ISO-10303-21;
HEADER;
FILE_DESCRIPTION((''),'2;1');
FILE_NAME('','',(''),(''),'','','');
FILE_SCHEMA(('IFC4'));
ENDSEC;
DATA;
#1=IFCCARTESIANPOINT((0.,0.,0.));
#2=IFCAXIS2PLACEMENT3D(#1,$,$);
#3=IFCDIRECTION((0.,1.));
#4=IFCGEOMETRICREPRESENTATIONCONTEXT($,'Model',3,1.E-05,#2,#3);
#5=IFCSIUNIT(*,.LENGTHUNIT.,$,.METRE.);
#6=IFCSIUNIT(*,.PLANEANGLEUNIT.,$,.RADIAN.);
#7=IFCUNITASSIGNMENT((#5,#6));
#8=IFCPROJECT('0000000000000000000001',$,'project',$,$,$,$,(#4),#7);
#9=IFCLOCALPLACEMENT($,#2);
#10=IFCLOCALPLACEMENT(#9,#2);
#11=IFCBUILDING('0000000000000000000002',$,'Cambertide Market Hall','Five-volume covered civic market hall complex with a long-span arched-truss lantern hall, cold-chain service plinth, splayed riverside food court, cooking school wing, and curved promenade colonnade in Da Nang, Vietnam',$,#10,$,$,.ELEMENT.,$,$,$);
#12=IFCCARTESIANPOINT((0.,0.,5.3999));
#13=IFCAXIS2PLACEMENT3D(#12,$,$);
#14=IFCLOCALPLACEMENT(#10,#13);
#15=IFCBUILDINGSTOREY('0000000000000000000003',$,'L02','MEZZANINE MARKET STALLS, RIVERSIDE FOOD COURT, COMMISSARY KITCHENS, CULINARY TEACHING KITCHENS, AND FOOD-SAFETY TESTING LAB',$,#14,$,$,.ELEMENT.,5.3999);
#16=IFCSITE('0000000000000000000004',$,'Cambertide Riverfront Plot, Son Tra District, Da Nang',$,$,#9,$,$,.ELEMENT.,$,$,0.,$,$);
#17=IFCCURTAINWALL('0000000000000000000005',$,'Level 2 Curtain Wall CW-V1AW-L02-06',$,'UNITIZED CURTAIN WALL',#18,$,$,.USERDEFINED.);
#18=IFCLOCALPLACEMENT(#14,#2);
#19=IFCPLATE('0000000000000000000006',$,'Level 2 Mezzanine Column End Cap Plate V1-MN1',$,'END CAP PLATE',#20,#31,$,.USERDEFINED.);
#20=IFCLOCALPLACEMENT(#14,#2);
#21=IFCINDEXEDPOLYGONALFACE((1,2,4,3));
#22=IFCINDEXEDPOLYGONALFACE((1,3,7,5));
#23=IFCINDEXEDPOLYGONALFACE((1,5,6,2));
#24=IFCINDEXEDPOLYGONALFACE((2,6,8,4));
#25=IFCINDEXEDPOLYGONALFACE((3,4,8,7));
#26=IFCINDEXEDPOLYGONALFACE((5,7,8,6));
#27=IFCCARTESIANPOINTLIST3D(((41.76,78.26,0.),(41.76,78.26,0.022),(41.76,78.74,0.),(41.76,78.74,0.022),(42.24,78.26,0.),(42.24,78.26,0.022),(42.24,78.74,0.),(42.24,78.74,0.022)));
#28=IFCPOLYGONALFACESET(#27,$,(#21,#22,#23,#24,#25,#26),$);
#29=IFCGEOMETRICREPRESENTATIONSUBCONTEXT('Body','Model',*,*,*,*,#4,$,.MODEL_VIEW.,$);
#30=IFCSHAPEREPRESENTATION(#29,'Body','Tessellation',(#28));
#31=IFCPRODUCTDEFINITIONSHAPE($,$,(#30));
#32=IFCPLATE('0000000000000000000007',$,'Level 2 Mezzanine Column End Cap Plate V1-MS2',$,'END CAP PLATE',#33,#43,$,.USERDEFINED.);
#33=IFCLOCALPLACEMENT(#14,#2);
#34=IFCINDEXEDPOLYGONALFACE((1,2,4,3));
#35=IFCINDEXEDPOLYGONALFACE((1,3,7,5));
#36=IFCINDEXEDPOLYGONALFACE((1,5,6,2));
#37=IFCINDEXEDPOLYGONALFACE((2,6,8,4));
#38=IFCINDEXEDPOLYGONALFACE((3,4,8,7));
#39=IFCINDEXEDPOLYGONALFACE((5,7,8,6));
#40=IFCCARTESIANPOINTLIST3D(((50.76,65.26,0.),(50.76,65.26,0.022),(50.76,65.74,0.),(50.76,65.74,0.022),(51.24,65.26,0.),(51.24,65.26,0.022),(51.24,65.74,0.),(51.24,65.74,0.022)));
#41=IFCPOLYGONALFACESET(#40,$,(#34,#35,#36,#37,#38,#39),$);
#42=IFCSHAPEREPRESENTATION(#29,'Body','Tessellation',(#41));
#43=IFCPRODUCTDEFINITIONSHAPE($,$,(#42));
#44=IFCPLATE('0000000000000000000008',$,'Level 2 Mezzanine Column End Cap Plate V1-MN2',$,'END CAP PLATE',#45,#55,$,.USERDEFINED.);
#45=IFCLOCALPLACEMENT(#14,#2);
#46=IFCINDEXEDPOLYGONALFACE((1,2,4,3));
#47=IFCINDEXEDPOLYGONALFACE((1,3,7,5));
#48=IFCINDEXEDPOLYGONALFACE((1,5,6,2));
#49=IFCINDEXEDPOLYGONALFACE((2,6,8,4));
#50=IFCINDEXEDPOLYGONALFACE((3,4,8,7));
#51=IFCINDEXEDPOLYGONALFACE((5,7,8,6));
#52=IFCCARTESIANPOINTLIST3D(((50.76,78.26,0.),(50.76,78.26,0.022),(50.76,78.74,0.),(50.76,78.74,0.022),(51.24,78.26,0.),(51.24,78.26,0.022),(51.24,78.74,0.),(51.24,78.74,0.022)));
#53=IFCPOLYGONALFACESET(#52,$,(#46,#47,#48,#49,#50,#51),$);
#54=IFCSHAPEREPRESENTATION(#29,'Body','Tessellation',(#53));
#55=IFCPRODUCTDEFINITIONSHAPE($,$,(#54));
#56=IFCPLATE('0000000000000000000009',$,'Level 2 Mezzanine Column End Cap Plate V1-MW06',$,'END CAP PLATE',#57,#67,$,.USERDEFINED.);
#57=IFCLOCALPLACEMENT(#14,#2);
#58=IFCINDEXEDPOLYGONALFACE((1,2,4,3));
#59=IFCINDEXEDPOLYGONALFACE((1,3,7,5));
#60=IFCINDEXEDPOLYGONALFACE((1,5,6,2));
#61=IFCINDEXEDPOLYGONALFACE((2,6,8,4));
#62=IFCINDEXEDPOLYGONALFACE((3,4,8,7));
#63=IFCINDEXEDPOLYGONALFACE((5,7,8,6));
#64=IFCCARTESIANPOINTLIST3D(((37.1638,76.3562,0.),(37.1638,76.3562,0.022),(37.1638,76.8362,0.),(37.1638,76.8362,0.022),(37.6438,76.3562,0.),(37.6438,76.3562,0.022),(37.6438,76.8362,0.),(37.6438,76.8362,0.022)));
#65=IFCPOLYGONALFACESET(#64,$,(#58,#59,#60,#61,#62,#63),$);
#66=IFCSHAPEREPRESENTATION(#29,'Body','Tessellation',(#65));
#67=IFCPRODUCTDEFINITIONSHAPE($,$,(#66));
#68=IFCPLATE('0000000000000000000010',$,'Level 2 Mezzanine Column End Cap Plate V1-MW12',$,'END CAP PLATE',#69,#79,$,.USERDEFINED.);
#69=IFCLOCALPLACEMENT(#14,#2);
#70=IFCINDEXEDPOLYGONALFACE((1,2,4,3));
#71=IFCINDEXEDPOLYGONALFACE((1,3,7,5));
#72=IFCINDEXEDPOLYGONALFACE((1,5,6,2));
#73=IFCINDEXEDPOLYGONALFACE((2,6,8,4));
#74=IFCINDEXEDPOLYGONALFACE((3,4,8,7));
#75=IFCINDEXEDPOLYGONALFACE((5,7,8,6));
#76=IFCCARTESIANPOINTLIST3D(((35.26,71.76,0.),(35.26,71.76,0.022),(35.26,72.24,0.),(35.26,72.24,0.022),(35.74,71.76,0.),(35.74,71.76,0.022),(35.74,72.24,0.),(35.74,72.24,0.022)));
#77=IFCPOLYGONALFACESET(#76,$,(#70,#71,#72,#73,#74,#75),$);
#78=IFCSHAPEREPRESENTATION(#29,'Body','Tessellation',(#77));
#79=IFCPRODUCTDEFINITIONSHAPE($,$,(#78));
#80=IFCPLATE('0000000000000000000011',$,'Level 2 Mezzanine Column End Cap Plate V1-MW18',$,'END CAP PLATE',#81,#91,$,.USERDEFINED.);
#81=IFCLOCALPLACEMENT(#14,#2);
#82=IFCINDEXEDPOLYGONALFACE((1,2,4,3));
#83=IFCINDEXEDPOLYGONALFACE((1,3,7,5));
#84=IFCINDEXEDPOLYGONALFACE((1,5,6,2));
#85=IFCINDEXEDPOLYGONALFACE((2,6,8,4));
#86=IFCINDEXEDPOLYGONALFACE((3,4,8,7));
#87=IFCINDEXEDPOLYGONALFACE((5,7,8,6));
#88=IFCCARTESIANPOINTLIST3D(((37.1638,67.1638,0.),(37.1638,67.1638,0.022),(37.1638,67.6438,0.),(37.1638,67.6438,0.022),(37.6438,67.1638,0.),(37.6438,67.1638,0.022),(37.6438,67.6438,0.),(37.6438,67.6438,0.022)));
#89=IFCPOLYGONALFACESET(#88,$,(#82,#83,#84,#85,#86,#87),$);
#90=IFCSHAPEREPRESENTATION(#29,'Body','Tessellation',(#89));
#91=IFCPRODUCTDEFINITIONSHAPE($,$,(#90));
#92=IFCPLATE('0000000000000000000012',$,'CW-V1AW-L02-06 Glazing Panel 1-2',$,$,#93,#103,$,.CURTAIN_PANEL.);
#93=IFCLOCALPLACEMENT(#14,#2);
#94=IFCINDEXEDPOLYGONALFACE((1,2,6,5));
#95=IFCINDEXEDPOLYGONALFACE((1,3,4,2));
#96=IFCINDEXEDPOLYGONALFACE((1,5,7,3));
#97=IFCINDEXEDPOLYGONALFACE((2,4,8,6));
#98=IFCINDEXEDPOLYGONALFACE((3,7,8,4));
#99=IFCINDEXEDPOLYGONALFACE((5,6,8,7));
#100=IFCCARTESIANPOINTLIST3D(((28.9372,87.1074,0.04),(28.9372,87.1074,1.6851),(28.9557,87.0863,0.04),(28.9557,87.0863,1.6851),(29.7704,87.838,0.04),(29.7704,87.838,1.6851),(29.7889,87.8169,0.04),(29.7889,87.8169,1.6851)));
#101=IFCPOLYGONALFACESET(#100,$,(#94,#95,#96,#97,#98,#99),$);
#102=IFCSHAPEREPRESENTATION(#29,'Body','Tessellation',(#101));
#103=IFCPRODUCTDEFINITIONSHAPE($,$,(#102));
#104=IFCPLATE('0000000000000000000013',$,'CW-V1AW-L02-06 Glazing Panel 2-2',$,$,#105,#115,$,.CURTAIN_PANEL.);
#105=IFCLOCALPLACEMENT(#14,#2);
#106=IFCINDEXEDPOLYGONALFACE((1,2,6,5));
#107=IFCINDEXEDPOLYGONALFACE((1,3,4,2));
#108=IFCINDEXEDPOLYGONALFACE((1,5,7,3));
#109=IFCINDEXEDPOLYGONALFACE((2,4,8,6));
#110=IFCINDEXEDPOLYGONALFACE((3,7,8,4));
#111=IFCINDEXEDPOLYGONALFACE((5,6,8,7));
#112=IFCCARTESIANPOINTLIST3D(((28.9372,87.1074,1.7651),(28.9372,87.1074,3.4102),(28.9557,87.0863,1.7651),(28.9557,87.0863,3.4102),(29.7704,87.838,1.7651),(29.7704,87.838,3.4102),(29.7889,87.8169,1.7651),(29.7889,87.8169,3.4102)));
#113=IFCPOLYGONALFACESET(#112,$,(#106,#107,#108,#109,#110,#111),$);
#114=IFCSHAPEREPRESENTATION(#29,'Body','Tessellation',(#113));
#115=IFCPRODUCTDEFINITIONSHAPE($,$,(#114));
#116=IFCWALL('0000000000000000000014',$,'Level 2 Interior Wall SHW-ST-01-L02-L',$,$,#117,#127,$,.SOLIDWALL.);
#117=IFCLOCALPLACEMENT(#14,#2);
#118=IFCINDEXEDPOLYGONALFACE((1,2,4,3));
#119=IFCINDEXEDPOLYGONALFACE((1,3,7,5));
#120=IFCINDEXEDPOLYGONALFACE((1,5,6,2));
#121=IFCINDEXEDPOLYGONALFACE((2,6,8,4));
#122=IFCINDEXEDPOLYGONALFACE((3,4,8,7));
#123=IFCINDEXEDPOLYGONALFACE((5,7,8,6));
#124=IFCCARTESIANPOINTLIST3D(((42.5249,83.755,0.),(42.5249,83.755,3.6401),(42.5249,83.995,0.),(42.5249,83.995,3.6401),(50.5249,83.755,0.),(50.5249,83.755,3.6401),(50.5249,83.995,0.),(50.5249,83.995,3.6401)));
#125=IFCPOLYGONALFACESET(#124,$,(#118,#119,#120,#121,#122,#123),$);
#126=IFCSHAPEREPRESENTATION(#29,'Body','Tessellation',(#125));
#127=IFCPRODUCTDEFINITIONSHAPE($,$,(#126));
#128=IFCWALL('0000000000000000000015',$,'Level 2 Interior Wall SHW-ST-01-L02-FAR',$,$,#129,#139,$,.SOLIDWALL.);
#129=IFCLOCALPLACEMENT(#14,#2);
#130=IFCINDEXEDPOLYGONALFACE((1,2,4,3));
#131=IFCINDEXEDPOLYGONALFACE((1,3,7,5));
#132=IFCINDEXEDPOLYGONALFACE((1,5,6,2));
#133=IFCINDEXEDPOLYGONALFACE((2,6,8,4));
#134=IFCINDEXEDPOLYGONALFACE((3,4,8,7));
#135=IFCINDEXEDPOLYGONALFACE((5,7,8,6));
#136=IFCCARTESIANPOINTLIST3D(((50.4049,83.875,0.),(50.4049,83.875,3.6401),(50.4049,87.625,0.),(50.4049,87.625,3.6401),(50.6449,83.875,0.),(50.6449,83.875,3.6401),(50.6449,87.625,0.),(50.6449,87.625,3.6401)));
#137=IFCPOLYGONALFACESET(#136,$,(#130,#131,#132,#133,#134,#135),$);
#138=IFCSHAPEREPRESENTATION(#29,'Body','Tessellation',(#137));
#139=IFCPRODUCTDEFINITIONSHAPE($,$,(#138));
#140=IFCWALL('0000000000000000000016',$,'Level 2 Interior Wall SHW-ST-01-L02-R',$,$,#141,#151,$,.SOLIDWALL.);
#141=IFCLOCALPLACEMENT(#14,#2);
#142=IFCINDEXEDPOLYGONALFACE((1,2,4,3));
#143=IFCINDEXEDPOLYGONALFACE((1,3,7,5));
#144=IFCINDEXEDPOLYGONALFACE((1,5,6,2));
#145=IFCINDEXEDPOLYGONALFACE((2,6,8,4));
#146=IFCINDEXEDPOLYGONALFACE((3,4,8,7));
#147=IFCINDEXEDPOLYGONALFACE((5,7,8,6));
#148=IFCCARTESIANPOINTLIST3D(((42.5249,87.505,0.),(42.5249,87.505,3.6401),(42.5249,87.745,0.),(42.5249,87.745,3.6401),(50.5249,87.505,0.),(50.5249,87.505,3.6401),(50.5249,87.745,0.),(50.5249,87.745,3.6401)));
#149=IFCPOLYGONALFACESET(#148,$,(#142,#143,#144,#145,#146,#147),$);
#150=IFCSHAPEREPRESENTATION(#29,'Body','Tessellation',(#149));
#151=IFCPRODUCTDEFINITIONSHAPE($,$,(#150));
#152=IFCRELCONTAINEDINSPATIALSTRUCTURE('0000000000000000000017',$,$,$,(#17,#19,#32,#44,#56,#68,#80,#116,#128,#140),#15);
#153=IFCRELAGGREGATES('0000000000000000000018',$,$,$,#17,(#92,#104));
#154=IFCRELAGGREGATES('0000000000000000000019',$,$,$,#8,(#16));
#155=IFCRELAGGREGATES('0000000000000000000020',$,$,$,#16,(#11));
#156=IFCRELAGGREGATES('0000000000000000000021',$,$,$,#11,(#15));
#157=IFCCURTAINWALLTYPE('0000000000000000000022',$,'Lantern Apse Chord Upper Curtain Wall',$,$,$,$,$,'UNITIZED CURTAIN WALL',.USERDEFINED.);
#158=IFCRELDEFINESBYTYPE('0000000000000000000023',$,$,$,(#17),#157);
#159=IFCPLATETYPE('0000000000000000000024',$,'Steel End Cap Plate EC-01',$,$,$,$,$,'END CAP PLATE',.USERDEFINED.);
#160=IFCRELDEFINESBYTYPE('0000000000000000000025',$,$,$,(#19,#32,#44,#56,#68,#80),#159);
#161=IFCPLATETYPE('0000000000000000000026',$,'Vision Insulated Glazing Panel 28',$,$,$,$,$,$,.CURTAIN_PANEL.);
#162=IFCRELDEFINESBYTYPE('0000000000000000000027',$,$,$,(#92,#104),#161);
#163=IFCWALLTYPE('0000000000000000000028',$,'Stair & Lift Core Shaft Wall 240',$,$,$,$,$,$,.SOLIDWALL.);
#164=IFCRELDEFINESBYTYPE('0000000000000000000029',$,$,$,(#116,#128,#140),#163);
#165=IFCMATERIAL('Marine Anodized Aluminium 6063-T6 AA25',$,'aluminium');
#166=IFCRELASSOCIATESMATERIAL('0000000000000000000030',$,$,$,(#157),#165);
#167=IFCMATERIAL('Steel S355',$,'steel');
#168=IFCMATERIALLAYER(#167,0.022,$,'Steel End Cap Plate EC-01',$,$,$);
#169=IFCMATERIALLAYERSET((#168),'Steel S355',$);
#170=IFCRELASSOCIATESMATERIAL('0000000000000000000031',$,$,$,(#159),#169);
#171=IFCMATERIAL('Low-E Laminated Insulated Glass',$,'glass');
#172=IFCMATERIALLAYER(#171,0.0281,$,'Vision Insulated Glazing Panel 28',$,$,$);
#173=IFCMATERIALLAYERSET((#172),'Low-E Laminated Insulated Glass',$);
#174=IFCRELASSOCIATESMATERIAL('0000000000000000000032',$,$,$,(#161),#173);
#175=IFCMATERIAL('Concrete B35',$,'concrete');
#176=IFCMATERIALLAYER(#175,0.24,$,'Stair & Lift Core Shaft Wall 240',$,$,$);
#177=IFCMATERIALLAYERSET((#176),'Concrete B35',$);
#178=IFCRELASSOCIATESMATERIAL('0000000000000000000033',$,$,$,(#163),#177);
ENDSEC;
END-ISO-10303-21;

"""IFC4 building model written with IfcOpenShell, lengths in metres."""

from ifc_helpers import new_model, si_unit, direction, frame, frame_2d, origin, origin_2d, place, context, subcontext, project, spatial, rectangle, extrude, material, layer, layer_set, type_object, element, aggregate, save


model = new_model("IFC4")

# Units and contexts
model_context = context("Model", 3, precision=1e-05, world=origin(), true_north=direction((0.0, 1.0)))
body_context = subcontext(model_context, "Body", "Model", "MODEL_VIEW")
ifc_project = project(units=[si_unit("LENGTHUNIT", "METRE"), si_unit("PLANEANGLEUNIT", "RADIAN")], contexts=[model_context])

# Site, building, storey
site_placement = place(None, origin())
site = spatial("IfcSite", under=ifc_project, at=site_placement, Name="Cambertide Riverfront Plot, Son Tra District, Da Nang", CompositionType="ELEMENT", RefElevation=0.0)
building_placement = place(site_placement, origin())
building = spatial("IfcBuilding", under=site, at=building_placement, Name="Cambertide Market Hall", Description="Five-volume covered civic market hall complex with a long-span arched-truss lantern hall, cold-chain service plinth, splayed riverside food court, cooking school wing, and curved promenade colonnade in Da Nang, Vietnam", CompositionType="ELEMENT")
storey_placement = place(building_placement, frame((0.0, 0.0, 5.3999)))
storey = spatial("IfcBuildingStorey", under=building, at=storey_placement, Name="L02", Description="MEZZANINE MARKET STALLS, RIVERSIDE FOOD COURT, COMMISSARY KITCHENS, CULINARY TEACHING KITCHENS, AND FOOD-SAFETY TESTING LAB", CompositionType="ELEMENT", Elevation=5.3999)

# Curtain wall
ifc_material_1 = material(Name="Marine Anodized Aluminium 6063-T6 AA25", Category="aluminium")
curtain_wall_type = type_object("IfcCurtainWallType", Name="Lantern Apse Chord Upper Curtain Wall", ElementType="UNITIZED CURTAIN WALL", PredefinedType="USERDEFINED", material=ifc_material_1)
curtain_wall_placement = place(storey_placement, origin())
curtain_wall = element("IfcCurtainWall", 1, at=curtain_wall_placement, inside=storey, type_object=curtain_wall_type, Name="Level 2 Curtain Wall CW-V1AW-L02-06", ObjectType="UNITIZED CURTAIN WALL", PredefinedType="USERDEFINED")

# Plates
ifc_material_2 = material(Name="Steel S355", Category="steel")
ifc_layer_1 = layer(ifc_material_2, 0.022, Name="Steel End Cap Plate EC-01")
ifc_layer_set_1 = layer_set([ifc_layer_1], Name="Steel S355")
plate_type_1 = type_object("IfcPlateType", Name="Steel End Cap Plate EC-01", ElementType="END CAP PLATE", PredefinedType="USERDEFINED", material=ifc_layer_set_1)
for number, where, z_axis, x_axis, name in (
    (2, (42.0, 78.5, 0.0), (0.0, 0.0, 1.0), (1.0, 0.0, 0.0), "Level 2 Mezzanine Column End Cap Plate V1-MN1"),
    (3, (51.0, 65.5, 0.0), (0.0, 0.0, 1.0), (1.0, 0.0, 0.0), "Level 2 Mezzanine Column End Cap Plate V1-MS2"),
    (4, (51.0, 78.5, 0.0), (0.0, 0.0, 1.0), (1.0, 0.0, 0.0), "Level 2 Mezzanine Column End Cap Plate V1-MN2"),
    (5, (37.4038, 76.5962, 0.0), (0.0, 0.0, 1.0), (1.0, 0.0, 0.0), "Level 2 Mezzanine Column End Cap Plate V1-MW06"),
    (6, (35.5, 72.0, 0.0), (0.0, 0.0, 1.0), (1.0, 0.0, 0.0), "Level 2 Mezzanine Column End Cap Plate V1-MW12"),
    (7, (37.4038, 67.4038, 0.0), (0.0, 0.0, 1.0), (1.0, 0.0, 0.0), "Level 2 Mezzanine Column End Cap Plate V1-MW18"),
):
    element("IfcPlate", number, at=place(storey_placement, frame(where, z_axis=z_axis, x_axis=x_axis)), inside=storey, type_object=plate_type_1, Name=name, ObjectType="END CAP PLATE", PredefinedType="USERDEFINED", context=body_context, shape_type="SweptSolid", body=[
        extrude(rectangle(XDim=0.48, YDim=0.48, at=origin_2d()), origin(), (0.0, 0.0, 1.0), 0.022),
    ])

# Plates
ifc_material_3 = material(Name="Low-E Laminated Insulated Glass", Category="glass")
ifc_layer_2 = layer(ifc_material_3, 0.0281, Name="Vision Insulated Glazing Panel 28")
ifc_layer_set_2 = layer_set([ifc_layer_2], Name="Low-E Laminated Insulated Glass")
plate_type_2 = type_object("IfcPlateType", Name="Vision Insulated Glazing Panel 28", PredefinedType="CURTAIN_PANEL", material=ifc_layer_set_2)
plate_1_placement = place(storey_placement, frame((29.363, 87.4622, 0.04), z_axis=(0.0, 0.0, 1.0), x_axis=(0.75184, 0.659346, 0.0)))
plate_1 = element("IfcPlate", 8, at=plate_1_placement, type_object=plate_type_2, Name="CW-V1AW-L02-06 Glazing Panel 1-2", PredefinedType="CURTAIN_PANEL", context=body_context, shape_type="SweptSolid", body=[
    extrude(rectangle(XDim=1.1082, YDim=0.0281, at=origin_2d()), origin(), (0.0, 0.0, 1.0), 1.645),
])
plate_2_placement = place(storey_placement, frame((29.363, 87.4622, 1.7651), z_axis=(0.0, 0.0, 1.0), x_axis=(0.75184, 0.659346, 0.0)))
plate_2 = element("IfcPlate", 9, at=plate_2_placement, type_object=plate_type_2, Name="CW-V1AW-L02-06 Glazing Panel 2-2", PredefinedType="CURTAIN_PANEL", context=body_context, shape_type="SweptSolid", body=[
    extrude(rectangle(XDim=1.1082, YDim=0.0281, at=origin_2d()), origin(), (0.0, 0.0, 1.0), 1.645),
])
aggregate(curtain_wall, [plate_1, plate_2])

# Shared definitions
ifc_material_4 = material(Name="Concrete B35", Category="concrete")
ifc_layer_3 = layer(ifc_material_4, 0.24, Name="Stair & Lift Core Shaft Wall 240")
ifc_layer_set_3 = layer_set([ifc_layer_3], Name="Concrete B35")
wall_type = type_object("IfcWallType", Name="Stair & Lift Core Shaft Wall 240", PredefinedType="SOLIDWALL", material=ifc_layer_set_3)

# Walls
wall_1_placement = place(storey_placement, frame((50.5249, 83.875, 0.0), z_axis=(0.0, 0.0, 1.0), x_axis=(-1.0, 0.0, 0.0)))
element("IfcWall", 10, at=wall_1_placement, inside=storey, type_object=wall_type, Name="Level 2 Interior Wall SHW-ST-01-L02-L", PredefinedType="SOLIDWALL", context=body_context, shape_type="SweptSolid", body=[
    extrude(rectangle(XDim=8.0, YDim=0.24, at=frame_2d((4.0, 0.0))), origin(), (0.0, 0.0, 1.0), 3.6401),
])
wall_2_placement = place(storey_placement, frame((50.5249, 87.625, 0.0), z_axis=(0.0, 0.0, 1.0), x_axis=(0.0, -1.0, 0.0)))
element("IfcWall", 11, at=wall_2_placement, inside=storey, type_object=wall_type, Name="Level 2 Interior Wall SHW-ST-01-L02-FAR", PredefinedType="SOLIDWALL", context=body_context, shape_type="SweptSolid", body=[
    extrude(rectangle(XDim=3.75, YDim=0.24, at=frame_2d((1.875, 0.0))), origin(), (0.0, 0.0, 1.0), 3.6401),
])
wall_3_placement = place(storey_placement, frame((42.5249, 87.625, 0.0), z_axis=(0.0, 0.0, 1.0), x_axis=(1.0, 0.0, 0.0)))
element("IfcWall", 12, at=wall_3_placement, inside=storey, type_object=wall_type, Name="Level 2 Interior Wall SHW-ST-01-L02-R", PredefinedType="SOLIDWALL", context=body_context, shape_type="SweptSolid", body=[
    extrude(rectangle(XDim=8.0, YDim=0.24, at=frame_2d((4.0, 0.0))), origin(), (0.0, 0.0, 1.0), 3.6401),
])

save(model, "model.ifc")
